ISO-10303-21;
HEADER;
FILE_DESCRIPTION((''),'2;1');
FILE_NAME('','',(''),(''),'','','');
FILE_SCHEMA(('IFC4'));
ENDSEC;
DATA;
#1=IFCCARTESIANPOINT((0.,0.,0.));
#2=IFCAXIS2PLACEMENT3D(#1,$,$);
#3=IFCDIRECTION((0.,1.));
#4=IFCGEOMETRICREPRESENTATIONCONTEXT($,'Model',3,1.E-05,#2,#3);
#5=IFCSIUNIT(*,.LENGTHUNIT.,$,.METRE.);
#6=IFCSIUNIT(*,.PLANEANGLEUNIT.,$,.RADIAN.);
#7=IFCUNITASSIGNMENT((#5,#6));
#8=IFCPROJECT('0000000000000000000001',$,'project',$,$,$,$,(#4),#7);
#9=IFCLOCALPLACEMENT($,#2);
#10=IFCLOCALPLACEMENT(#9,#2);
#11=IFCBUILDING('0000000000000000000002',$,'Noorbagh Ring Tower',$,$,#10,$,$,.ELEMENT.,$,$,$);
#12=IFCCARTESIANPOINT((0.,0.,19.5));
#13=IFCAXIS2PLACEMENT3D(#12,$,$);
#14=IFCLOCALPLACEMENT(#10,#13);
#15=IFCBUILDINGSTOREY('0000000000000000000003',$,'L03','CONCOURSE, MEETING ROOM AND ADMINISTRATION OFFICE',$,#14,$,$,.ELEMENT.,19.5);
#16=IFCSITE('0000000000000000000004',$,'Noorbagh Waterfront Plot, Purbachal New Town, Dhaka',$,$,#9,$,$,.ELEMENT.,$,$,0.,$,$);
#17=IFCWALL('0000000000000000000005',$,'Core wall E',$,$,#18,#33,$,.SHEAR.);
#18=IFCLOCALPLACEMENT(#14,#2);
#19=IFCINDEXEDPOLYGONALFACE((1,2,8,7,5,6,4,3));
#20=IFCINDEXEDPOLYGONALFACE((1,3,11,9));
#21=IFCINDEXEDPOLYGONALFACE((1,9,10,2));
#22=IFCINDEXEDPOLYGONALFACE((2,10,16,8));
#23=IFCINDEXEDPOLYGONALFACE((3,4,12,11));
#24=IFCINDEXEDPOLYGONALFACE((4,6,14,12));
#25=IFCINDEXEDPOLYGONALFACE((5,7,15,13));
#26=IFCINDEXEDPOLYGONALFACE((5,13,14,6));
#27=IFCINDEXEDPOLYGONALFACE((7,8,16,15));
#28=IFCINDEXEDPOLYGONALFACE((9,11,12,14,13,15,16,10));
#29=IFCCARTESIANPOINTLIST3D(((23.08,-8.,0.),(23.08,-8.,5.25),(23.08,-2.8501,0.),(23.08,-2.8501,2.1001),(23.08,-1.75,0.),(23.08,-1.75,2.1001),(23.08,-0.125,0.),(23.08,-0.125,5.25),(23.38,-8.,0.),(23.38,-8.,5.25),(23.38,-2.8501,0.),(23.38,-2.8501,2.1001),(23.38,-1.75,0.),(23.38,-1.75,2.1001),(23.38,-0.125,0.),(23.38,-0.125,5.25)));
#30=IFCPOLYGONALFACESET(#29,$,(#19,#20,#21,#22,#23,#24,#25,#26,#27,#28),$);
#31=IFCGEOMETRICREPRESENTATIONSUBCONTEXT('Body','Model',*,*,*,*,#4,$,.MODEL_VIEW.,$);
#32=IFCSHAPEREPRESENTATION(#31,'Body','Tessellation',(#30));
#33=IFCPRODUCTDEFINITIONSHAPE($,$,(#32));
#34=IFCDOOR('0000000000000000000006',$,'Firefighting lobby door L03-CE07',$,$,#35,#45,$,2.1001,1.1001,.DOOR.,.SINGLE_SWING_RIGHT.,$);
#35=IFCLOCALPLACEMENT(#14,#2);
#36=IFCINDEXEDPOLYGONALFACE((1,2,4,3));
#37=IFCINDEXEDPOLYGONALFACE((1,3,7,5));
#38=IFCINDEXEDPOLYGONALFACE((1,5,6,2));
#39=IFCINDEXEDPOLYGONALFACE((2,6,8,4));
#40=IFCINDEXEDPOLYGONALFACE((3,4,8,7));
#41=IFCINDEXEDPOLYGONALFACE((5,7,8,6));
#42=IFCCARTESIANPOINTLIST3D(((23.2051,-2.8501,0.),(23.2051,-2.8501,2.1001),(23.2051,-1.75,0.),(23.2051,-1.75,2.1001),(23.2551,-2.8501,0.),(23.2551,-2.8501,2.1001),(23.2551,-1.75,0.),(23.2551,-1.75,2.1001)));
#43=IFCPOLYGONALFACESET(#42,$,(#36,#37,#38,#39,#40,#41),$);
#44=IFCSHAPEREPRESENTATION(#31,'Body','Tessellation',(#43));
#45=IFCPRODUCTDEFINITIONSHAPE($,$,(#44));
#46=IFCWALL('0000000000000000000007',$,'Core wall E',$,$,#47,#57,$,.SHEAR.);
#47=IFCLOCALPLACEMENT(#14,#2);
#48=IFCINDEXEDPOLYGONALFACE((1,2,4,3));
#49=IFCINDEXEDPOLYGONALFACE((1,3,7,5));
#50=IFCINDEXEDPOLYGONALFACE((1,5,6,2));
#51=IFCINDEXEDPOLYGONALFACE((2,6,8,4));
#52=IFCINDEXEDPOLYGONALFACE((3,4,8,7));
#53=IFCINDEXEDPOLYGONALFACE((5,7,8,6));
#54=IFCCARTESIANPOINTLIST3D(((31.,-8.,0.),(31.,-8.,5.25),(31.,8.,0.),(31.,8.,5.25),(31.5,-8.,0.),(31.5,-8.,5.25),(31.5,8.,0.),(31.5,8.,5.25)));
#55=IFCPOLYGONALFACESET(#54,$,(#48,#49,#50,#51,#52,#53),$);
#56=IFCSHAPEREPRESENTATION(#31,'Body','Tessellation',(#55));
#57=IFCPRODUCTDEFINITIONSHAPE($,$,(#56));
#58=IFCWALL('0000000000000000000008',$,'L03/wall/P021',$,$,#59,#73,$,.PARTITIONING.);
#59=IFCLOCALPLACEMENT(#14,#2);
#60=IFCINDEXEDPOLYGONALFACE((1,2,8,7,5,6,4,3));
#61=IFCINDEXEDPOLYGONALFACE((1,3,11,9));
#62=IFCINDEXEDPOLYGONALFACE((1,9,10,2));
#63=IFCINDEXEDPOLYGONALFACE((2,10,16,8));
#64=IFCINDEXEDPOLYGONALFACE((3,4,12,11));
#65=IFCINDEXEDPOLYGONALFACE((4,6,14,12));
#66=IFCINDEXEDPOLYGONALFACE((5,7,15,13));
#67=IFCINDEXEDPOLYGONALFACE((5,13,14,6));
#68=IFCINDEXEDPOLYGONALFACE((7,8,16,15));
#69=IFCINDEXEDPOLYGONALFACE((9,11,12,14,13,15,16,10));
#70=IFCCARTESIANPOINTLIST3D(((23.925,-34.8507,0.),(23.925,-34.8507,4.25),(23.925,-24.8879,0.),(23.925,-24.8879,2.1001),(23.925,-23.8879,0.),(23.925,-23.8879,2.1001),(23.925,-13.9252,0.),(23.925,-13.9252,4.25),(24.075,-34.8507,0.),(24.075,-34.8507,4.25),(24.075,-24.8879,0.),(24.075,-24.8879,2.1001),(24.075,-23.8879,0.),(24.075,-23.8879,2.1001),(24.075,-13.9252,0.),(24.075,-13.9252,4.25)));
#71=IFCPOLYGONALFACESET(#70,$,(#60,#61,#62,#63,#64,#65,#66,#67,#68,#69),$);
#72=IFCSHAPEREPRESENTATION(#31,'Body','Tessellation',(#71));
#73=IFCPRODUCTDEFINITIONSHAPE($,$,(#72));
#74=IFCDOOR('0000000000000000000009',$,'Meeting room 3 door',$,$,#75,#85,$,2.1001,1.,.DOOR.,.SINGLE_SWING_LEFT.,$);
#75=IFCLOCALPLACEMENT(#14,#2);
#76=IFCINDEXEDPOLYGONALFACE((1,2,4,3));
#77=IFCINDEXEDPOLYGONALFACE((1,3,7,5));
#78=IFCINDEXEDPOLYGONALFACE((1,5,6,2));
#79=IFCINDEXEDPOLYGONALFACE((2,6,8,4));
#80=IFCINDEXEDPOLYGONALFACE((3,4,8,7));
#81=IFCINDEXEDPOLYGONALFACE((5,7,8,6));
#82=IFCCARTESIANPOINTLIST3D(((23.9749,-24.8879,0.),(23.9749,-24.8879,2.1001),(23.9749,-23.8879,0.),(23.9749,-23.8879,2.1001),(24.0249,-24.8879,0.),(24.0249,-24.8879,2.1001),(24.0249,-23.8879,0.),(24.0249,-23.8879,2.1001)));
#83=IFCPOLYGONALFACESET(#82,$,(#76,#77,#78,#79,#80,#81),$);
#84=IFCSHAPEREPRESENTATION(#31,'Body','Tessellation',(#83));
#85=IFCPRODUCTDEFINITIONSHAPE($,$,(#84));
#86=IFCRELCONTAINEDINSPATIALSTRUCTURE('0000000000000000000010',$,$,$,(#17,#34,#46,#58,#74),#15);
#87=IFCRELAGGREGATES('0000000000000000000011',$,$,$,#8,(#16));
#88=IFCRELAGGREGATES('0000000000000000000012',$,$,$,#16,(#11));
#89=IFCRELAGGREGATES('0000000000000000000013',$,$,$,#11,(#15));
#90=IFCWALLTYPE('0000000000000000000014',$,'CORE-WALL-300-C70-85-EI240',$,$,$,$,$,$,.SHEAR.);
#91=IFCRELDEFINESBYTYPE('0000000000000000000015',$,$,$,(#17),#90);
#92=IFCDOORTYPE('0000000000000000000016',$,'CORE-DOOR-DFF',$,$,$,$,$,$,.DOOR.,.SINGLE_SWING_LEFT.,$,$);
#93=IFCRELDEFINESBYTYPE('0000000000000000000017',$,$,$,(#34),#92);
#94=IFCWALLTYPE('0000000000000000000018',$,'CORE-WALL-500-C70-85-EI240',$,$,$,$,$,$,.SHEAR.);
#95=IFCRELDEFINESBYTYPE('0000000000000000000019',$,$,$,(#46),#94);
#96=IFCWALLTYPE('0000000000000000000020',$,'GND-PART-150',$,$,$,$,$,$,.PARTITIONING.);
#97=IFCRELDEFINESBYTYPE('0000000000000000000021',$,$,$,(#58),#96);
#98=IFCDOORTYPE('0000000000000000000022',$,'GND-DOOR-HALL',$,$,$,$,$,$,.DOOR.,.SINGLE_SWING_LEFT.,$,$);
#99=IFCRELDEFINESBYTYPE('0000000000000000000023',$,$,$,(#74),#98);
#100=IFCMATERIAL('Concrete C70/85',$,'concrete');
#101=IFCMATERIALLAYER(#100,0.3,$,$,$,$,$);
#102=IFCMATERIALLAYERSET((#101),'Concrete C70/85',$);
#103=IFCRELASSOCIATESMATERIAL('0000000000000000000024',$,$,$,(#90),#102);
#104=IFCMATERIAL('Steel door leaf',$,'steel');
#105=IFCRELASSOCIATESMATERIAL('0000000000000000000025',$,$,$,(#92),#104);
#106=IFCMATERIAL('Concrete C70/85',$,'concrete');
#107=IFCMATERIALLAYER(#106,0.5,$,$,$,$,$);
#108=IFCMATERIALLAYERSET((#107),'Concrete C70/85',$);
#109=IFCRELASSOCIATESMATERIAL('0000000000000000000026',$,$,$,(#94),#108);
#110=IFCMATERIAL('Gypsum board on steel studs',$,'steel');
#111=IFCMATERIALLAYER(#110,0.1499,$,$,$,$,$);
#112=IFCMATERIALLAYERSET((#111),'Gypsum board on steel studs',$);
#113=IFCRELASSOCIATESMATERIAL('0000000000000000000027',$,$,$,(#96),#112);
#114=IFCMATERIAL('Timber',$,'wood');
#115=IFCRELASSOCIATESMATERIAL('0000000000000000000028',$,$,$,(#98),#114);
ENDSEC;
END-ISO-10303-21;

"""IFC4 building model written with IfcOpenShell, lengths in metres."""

from ifc_helpers import new_model, si_unit, direction, frame, frame_2d, origin, place, context, subcontext, project, spatial, rectangle, extrude, material, layer, layer_set, type_object, element, fill, save


model = new_model("IFC4")

# Units and contexts
model_context = context("Model", 3, precision=1e-05, world=origin(), true_north=direction((0.0, 1.0)))
body_context = subcontext(model_context, "Body", "Model", "MODEL_VIEW")
ifc_project = project(units=[si_unit("LENGTHUNIT", "METRE"), si_unit("PLANEANGLEUNIT", "RADIAN")], contexts=[model_context])

# Site, building, storey
site_placement = place(None, origin())
site = spatial("IfcSite", under=ifc_project, at=site_placement, Name="Noorbagh Waterfront Plot, Purbachal New Town, Dhaka", CompositionType="ELEMENT", RefElevation=0.0)
building_placement = place(site_placement, origin())
building = spatial("IfcBuilding", under=site, at=building_placement, Name="Noorbagh Ring Tower", CompositionType="ELEMENT")
storey_placement = place(building_placement, frame((0.0, 0.0, 19.5)))
storey = spatial("IfcBuildingStorey", under=building, at=storey_placement, Name="L03", Description="CONCOURSE, MEETING ROOM AND ADMINISTRATION OFFICE", CompositionType="ELEMENT", Elevation=19.5)

# Shared definitions
ifc_material_1 = material(Name="Concrete C70/85", Category="concrete")
ifc_layer_1 = layer(ifc_material_1, 0.3)
ifc_layer_set_1 = layer_set([ifc_layer_1], Name="Concrete C70/85")
wall_type_1 = type_object("IfcWallType", Name="CORE-WALL-300-C70-85-EI240", PredefinedType="SHEAR", material=ifc_layer_set_1)

# Wall, opening, door
wall_1_placement = place(storey_placement, frame((23.23, -8.0, 0.0), z_axis=(0.0, 0.0, 1.0), x_axis=(0.0, 1.0, 0.0)))
wall_1 = element("IfcWall", 1, at=wall_1_placement, inside=storey, type_object=wall_type_1, Name="Core wall E", PredefinedType="SHEAR", context=body_context, shape_type="SweptSolid", body=[
    extrude(rectangle(XDim=7.875, YDim=0.3, at=frame_2d((3.9375, 0.0))), origin(), (0.0, 0.0, 1.0), 5.25),
])
opening_1_placement = place(wall_1_placement, frame((5.1499, 0.0, 0.0)))
opening_1 = element("IfcOpeningElement", 2, at=opening_1_placement, cuts=wall_1, PredefinedType="OPENING", context=body_context, shape_type="SweptSolid", body=[
    extrude(rectangle(XDim=1.1001, YDim=2.1001, at=frame_2d((0.55, 1.05))), frame((0.0, 0.1602, 0.0), z_axis=(0.0, -1.0, 0.0), x_axis=(1.0, 0.0, 0.0)), (0.0, 0.0, 1.0), 0.3201),
])
ifc_material_2 = material(Name="Steel door leaf", Category="steel")
door_type_1 = type_object("IfcDoorType", Name="CORE-DOOR-DFF", OperationType="SINGLE_SWING_LEFT", PredefinedType="DOOR", material=ifc_material_2)
door_1_placement = place(opening_1_placement, origin())
door_1 = element("IfcDoor", 3, at=door_1_placement, inside=storey, type_object=door_type_1, Name="Firefighting lobby door L03-CE07", OperationType="SINGLE_SWING_RIGHT", OverallHeight=2.1001, OverallWidth=1.1001, PredefinedType="DOOR", context=body_context, shape_type="SweptSolid", body=[
    extrude(rectangle(XDim=1.1001, YDim=2.1001, at=frame_2d((0.55, 1.05))), frame((0.0, 0.0249, 0.0), z_axis=(0.0, -1.0, 0.0), x_axis=(1.0, 0.0, 0.0)), (0.0, 0.0, 1.0), 0.05),
])
fill(opening_1, door_1)

# Wall
ifc_material_3 = material(Name="Concrete C70/85", Category="concrete")
ifc_layer_2 = layer(ifc_material_3, 0.5)
ifc_layer_set_2 = layer_set([ifc_layer_2], Name="Concrete C70/85")
wall_type_2 = type_object("IfcWallType", Name="CORE-WALL-500-C70-85-EI240", PredefinedType="SHEAR", material=ifc_layer_set_2)
wall_2_placement = place(storey_placement, frame((31.25, -8.0, 0.0), z_axis=(0.0, 0.0, 1.0), x_axis=(0.0, 1.0, 0.0)))
element("IfcWall", 4, at=wall_2_placement, inside=storey, type_object=wall_type_2, Name="Core wall E", PredefinedType="SHEAR", context=body_context, shape_type="SweptSolid", body=[
    extrude(rectangle(XDim=16.0, YDim=0.5, at=frame_2d((8.0, 0.0))), origin(), (0.0, 0.0, 1.0), 5.25),
])

# Wall, opening, door
ifc_material_4 = material(Name="Gypsum board on steel studs", Category="steel")
ifc_layer_3 = layer(ifc_material_4, 0.1499)
ifc_layer_set_3 = layer_set([ifc_layer_3], Name="Gypsum board on steel studs")
wall_type_3 = type_object("IfcWallType", Name="GND-PART-150", PredefinedType="PARTITIONING", material=ifc_layer_set_3)
wall_3_placement = place(storey_placement, frame((24.0, -13.925, 0.0), z_axis=(0.0, 0.0, 1.0), x_axis=(0.0, -1.0, 0.0)))
wall_3 = element("IfcWall", 5, at=wall_3_placement, inside=storey, type_object=wall_type_3, Name="L03/wall/P021", PredefinedType="PARTITIONING", context=body_context, shape_type="SweptSolid", body=[
    extrude(rectangle(XDim=20.9255, YDim=0.1499, at=frame_2d((10.4629, 0.0))), origin(), (0.0, 0.0, 1.0), 4.25),
])
opening_2_placement = place(wall_3_placement, frame((9.9629, 0.0, 0.0)))
opening_2 = element("IfcOpeningElement", 6, at=opening_2_placement, cuts=wall_3, PredefinedType="OPENING", context=body_context, shape_type="SweptSolid", body=[
    extrude(rectangle(XDim=1.0, YDim=2.1001, at=frame_2d((0.5, 1.05))), frame((0.0, 0.085, 0.0), z_axis=(0.0, -1.0, 0.0), x_axis=(1.0, 0.0, 0.0)), (0.0, 0.0, 1.0), 0.1699),
])
ifc_material_5 = material(Name="Timber", Category="wood")
door_type_2 = type_object("IfcDoorType", Name="GND-DOOR-HALL", OperationType="SINGLE_SWING_LEFT", PredefinedType="DOOR", material=ifc_material_5)
door_2_placement = place(opening_2_placement, origin())
door_2 = element("IfcDoor", 7, at=door_2_placement, inside=storey, type_object=door_type_2, Name="Meeting room 3 door", OperationType="SINGLE_SWING_LEFT", OverallHeight=2.1001, OverallWidth=1.0, PredefinedType="DOOR", context=body_context, shape_type="SweptSolid", body=[
    extrude(rectangle(XDim=1.0, YDim=2.1001, at=frame_2d((0.5, 1.05))), frame((0.0, 0.0249, 0.0), z_axis=(0.0, -1.0, 0.0), x_axis=(1.0, 0.0, 0.0)), (0.0, 0.0, 1.0), 0.05),
])
fill(opening_2, door_2)

save(model, "model.ifc")
